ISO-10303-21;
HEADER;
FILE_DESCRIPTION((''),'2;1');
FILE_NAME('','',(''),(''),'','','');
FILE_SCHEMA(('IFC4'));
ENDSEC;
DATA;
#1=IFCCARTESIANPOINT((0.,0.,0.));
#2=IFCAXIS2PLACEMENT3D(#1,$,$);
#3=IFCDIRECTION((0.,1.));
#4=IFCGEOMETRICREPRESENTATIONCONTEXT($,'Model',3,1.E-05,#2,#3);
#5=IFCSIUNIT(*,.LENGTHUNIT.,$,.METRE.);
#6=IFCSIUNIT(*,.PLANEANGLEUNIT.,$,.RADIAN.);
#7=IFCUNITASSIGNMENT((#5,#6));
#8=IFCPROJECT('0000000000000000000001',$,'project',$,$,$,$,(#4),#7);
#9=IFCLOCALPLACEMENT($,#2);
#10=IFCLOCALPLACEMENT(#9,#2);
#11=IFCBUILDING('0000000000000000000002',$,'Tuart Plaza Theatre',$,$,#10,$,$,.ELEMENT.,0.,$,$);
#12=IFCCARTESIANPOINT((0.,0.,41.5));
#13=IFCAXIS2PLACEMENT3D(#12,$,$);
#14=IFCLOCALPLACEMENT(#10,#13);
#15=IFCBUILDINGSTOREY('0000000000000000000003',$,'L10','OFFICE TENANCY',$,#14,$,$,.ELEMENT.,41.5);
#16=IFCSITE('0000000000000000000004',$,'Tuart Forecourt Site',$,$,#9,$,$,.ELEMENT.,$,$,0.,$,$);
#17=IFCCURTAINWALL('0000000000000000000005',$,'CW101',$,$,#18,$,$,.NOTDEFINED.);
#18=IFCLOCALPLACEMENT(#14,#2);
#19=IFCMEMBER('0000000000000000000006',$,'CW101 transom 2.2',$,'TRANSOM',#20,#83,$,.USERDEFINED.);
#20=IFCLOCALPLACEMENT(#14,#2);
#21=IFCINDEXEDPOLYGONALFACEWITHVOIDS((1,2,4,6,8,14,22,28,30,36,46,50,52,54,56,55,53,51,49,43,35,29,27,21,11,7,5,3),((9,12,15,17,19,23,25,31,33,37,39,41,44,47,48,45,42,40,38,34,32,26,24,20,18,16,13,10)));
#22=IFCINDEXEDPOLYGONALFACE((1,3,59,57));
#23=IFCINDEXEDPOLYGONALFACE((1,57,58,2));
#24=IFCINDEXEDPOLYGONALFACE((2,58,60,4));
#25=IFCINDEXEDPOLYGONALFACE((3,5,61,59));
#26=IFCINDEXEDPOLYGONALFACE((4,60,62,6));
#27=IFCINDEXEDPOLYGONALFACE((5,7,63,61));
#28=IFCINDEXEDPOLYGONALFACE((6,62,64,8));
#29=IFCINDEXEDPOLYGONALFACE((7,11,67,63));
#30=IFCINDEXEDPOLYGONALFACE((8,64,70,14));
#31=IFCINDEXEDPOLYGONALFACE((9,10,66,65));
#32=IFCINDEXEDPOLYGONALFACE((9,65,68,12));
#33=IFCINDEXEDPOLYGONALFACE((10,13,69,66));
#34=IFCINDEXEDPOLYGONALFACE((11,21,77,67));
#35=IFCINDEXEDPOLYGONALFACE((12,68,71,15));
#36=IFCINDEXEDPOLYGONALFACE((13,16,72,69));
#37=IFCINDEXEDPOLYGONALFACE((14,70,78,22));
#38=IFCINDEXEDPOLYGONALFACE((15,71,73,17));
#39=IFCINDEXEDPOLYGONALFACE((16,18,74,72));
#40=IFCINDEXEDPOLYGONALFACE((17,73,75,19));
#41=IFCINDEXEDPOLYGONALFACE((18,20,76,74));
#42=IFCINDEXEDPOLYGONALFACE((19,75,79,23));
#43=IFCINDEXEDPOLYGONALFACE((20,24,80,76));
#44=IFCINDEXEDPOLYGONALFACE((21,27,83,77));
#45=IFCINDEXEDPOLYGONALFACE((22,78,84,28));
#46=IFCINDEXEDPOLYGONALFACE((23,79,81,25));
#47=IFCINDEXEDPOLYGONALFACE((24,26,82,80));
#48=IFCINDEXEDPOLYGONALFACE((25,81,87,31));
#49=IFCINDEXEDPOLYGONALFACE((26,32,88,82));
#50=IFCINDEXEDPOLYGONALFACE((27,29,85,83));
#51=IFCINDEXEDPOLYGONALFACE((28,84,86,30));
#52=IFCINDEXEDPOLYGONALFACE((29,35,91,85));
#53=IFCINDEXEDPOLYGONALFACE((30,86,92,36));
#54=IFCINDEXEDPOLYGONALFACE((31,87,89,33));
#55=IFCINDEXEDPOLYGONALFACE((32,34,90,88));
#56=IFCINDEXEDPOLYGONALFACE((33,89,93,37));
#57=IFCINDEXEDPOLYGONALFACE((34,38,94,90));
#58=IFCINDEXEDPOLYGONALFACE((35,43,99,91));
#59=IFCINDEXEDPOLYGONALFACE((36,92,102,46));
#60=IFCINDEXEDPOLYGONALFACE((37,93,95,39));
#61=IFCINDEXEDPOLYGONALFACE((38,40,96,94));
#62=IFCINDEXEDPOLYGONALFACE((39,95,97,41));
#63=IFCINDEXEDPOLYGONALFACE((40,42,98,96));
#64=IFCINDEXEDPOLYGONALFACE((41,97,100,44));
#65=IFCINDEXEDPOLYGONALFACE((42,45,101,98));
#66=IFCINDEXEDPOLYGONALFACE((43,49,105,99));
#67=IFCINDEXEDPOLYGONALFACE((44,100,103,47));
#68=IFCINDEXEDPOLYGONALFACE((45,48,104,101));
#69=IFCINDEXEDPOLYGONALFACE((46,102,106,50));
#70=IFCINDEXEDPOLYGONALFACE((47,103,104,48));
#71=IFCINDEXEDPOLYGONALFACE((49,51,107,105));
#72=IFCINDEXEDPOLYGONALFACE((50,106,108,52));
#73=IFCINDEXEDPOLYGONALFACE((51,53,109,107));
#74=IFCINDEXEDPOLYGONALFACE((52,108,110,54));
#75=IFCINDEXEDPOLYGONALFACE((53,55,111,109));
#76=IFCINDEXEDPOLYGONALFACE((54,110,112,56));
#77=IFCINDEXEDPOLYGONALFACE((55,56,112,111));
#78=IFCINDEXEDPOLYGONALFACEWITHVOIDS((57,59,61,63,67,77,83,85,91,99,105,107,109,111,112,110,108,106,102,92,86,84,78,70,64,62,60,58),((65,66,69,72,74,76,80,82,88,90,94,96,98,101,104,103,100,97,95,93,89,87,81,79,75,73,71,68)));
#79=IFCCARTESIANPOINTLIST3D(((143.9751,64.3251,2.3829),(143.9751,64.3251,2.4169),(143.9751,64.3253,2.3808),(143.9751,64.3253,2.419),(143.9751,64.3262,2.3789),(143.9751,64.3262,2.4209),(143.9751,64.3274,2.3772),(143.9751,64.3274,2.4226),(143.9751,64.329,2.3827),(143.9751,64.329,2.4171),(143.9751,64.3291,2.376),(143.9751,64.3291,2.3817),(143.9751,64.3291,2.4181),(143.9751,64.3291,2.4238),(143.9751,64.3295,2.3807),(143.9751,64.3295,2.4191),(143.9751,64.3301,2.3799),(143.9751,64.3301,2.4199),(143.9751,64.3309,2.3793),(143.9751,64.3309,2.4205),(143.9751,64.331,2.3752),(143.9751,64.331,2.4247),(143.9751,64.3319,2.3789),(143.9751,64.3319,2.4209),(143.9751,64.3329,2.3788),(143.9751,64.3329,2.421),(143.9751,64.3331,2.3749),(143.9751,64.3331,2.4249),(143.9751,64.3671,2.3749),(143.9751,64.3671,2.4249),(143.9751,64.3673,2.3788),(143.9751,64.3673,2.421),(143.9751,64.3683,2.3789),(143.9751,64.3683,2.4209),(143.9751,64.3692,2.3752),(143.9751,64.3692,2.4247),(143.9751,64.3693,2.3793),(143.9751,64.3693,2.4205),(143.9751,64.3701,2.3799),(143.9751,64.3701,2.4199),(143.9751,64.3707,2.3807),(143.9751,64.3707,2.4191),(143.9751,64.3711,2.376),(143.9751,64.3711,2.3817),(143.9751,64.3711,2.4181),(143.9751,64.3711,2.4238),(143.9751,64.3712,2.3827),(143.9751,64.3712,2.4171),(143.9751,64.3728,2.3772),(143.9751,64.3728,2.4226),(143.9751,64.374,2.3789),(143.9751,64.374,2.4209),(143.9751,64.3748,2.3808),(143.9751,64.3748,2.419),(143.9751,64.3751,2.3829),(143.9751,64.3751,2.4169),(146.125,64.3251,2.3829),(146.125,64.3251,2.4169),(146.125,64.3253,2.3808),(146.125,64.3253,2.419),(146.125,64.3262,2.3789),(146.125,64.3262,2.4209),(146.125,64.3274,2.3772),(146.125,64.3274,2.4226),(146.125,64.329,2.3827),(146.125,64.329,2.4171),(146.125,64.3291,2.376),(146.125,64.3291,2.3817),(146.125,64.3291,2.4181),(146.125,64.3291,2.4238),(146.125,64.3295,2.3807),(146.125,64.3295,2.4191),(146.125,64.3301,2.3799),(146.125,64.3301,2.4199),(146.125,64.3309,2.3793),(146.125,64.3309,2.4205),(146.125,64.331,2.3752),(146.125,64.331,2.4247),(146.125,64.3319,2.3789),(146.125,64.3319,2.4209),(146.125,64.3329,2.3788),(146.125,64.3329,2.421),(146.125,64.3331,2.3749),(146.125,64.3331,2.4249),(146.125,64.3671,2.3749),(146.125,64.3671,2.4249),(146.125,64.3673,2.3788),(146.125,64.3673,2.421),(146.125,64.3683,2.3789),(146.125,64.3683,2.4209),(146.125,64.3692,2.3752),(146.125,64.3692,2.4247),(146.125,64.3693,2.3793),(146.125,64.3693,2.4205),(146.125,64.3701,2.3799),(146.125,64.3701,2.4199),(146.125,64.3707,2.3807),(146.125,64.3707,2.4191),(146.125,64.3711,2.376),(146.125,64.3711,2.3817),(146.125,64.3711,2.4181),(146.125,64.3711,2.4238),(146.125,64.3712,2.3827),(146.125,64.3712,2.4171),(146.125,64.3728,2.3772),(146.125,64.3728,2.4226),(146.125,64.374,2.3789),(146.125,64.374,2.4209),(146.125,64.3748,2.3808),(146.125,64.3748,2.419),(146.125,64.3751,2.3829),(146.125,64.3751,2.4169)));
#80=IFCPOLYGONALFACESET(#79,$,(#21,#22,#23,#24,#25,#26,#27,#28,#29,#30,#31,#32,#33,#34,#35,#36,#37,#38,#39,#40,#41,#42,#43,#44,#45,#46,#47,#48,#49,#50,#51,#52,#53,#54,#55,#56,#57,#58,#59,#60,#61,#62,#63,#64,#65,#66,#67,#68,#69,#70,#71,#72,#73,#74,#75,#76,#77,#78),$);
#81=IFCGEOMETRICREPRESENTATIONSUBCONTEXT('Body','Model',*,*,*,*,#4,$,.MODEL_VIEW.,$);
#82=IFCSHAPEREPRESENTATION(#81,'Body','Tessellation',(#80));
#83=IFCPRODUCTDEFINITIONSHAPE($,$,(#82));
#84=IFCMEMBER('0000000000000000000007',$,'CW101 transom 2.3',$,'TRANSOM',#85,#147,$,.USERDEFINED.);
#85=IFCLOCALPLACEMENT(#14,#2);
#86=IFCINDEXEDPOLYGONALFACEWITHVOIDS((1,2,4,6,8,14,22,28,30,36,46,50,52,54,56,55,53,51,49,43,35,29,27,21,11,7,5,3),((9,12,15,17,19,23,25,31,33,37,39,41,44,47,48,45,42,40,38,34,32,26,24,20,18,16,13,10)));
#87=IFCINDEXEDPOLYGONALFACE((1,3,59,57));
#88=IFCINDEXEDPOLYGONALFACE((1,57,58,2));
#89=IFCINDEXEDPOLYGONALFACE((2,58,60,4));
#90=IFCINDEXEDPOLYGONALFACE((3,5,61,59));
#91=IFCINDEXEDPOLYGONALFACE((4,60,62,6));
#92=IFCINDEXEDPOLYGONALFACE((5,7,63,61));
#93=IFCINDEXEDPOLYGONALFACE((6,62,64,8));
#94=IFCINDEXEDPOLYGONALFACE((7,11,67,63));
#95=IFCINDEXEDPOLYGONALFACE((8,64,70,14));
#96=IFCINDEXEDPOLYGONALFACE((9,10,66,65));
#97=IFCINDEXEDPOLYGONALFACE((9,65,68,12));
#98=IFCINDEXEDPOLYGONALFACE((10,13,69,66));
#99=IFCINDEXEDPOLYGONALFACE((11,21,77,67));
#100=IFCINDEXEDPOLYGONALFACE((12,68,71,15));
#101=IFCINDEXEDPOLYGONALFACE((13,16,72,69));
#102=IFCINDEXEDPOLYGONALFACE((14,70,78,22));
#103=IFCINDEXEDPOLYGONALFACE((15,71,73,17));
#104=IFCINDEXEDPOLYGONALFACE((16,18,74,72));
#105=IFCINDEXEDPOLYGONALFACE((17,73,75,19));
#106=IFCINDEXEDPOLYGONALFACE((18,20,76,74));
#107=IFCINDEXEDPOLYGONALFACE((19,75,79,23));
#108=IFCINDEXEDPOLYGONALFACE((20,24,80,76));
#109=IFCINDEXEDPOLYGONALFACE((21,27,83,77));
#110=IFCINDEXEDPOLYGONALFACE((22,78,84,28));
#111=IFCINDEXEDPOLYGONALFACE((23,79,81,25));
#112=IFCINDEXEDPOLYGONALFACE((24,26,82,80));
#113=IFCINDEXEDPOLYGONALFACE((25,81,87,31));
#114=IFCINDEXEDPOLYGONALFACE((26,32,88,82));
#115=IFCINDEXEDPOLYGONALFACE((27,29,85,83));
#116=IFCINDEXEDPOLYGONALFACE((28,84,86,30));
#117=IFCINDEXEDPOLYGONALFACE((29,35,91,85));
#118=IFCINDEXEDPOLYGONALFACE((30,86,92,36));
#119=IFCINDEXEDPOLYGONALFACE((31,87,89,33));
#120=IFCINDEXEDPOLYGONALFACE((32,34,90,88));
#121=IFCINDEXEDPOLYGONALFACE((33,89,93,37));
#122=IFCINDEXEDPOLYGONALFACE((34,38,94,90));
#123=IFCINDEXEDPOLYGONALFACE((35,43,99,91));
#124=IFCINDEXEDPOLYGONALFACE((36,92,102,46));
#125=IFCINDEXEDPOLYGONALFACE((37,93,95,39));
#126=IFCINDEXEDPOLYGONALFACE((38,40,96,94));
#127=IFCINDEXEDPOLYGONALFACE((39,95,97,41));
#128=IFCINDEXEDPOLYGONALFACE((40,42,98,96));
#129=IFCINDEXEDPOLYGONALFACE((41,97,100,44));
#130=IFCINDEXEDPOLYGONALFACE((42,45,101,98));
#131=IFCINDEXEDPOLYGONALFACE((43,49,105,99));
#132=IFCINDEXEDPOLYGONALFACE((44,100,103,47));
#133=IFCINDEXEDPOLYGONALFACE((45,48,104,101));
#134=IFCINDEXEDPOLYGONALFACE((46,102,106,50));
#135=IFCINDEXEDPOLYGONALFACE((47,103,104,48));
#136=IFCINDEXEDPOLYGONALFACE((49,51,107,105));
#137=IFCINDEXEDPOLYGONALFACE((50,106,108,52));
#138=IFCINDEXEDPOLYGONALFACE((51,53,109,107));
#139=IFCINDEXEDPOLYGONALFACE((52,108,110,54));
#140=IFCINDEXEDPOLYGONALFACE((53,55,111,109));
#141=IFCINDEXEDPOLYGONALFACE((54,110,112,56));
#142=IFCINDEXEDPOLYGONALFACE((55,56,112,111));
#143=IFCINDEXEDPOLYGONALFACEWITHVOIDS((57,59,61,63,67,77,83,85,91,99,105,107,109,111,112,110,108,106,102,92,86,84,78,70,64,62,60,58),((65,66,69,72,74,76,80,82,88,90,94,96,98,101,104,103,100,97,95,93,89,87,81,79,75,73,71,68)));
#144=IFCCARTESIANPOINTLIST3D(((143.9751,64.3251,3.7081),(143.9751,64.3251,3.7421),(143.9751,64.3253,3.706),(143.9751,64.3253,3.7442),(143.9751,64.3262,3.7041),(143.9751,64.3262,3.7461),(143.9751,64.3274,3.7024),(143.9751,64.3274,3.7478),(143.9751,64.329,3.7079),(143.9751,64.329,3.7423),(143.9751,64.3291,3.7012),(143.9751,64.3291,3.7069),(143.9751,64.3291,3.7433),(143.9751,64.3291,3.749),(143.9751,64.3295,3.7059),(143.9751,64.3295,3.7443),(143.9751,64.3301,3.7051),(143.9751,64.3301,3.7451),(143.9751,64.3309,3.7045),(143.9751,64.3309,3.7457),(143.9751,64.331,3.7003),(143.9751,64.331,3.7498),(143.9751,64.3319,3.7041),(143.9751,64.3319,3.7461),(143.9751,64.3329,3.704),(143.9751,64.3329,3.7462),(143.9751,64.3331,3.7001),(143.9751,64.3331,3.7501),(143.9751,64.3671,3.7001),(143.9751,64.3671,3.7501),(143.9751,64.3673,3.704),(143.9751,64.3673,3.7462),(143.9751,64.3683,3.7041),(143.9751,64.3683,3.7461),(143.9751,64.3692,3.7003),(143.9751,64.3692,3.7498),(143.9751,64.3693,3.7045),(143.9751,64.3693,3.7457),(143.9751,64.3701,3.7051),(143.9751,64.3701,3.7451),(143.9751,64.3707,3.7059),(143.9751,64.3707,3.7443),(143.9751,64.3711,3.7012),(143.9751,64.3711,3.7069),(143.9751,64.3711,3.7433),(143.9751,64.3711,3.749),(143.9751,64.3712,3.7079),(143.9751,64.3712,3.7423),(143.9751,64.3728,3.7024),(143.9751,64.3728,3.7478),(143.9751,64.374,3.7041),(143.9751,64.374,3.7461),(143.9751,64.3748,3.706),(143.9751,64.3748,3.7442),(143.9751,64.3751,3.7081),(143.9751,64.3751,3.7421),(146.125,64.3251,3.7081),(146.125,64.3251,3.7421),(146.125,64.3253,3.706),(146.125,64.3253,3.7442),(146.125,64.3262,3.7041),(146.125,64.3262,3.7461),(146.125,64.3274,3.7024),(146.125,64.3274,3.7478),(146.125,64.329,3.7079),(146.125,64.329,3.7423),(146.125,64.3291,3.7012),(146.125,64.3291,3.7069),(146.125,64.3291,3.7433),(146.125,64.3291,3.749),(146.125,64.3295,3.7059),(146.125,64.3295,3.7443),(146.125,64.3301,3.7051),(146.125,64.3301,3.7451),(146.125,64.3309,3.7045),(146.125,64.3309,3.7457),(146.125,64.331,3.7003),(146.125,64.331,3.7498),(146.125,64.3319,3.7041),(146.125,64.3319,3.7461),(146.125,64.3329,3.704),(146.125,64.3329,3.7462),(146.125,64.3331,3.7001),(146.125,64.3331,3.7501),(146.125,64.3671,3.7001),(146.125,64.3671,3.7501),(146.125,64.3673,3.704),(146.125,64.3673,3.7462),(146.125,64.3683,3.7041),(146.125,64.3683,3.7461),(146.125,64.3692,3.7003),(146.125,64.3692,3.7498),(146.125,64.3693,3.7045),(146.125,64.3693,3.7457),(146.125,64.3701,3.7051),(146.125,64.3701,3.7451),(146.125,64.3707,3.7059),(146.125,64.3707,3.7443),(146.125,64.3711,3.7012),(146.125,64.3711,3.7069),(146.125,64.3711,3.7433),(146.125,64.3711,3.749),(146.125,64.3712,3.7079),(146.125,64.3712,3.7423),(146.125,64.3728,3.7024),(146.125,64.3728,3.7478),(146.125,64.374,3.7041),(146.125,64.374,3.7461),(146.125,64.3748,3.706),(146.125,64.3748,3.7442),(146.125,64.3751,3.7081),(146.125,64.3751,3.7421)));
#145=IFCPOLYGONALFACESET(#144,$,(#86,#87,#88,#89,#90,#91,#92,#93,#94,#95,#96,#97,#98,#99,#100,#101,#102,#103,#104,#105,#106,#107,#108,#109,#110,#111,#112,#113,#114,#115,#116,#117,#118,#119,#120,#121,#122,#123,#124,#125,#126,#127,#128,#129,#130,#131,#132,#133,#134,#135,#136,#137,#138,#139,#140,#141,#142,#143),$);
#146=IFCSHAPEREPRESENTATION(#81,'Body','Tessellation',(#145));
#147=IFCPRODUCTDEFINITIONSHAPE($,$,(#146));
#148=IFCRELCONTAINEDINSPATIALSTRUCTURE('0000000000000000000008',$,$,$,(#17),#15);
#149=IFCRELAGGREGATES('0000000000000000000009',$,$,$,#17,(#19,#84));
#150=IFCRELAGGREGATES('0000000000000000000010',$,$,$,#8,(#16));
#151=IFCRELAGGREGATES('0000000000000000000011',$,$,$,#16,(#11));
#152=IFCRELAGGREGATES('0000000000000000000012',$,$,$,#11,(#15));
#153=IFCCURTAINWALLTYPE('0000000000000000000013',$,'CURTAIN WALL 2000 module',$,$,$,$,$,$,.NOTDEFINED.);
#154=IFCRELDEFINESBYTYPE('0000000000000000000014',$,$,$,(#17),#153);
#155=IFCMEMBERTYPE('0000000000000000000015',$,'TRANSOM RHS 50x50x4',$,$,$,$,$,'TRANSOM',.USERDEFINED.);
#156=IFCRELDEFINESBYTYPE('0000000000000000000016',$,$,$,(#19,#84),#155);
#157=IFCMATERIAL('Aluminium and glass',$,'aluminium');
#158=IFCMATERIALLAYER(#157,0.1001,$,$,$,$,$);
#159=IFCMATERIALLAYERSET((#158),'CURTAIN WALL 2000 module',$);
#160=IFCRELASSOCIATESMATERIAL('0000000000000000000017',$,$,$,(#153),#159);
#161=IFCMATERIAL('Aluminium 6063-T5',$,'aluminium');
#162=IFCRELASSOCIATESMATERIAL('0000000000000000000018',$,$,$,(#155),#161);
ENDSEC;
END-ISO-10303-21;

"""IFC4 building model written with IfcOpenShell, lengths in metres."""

from ifc_helpers import new_model, si_unit, direction, frame, origin, origin_2d, place, context, subcontext, project, spatial, hollow_rectangle, extrude, material, layer, layer_set, material_profile, profile_set, type_object, element, aggregate, save


model = new_model("IFC4")

# Units and contexts
model_context = context("Model", 3, precision=1e-05, world=origin(), true_north=direction((0.0, 1.0)))
body_context = subcontext(model_context, "Body", "Model", "MODEL_VIEW")
ifc_project = project(units=[si_unit("LENGTHUNIT", "METRE"), si_unit("PLANEANGLEUNIT", "RADIAN")], contexts=[model_context])

# Site, building, storey
site_placement = place(None, origin())
site = spatial("IfcSite", under=ifc_project, at=site_placement, Name="Tuart Forecourt Site", CompositionType="ELEMENT", RefElevation=0.0)
building_placement = place(site_placement, origin())
building = spatial("IfcBuilding", under=site, at=building_placement, Name="Tuart Plaza Theatre", CompositionType="ELEMENT", ElevationOfRefHeight=0.0)
storey_placement = place(building_placement, frame((0.0, 0.0, 41.5)))
storey = spatial("IfcBuildingStorey", under=building, at=storey_placement, Name="L10", Description="OFFICE TENANCY", CompositionType="ELEMENT", Elevation=41.5)

# Shared definitions
ifc_material_1 = material(Name="Aluminium and glass", Category="aluminium")
ifc_layer_1 = layer(ifc_material_1, 0.1001)
ifc_layer_set_1 = layer_set([ifc_layer_1], Name="CURTAIN WALL 2000 module")
curtain_wall_type = type_object("IfcCurtainWallType", Name="CURTAIN WALL 2000 module", PredefinedType="NOTDEFINED", material=ifc_layer_set_1)

# Curtain wall, members
curtain_wall_1_placement = place(storey_placement, origin())
curtain_wall_1 = element("IfcCurtainWall", 1, at=curtain_wall_1_placement, inside=storey, type_object=curtain_wall_type, Name="CW101", PredefinedType="NOTDEFINED")
ifc_material_2 = material(Name="Aluminium 6063-T5", Category="aluminium")
ifc_material_profile_1 = material_profile(ifc_material_2, hollow_rectangle(XDim=0.05, YDim=0.05, WallThickness=0.0039, InnerFilletRadius=0.0039, OuterFilletRadius=0.0081, at=origin_2d()), Name="RHS 50x50x4")
ifc_profile_set_1 = profile_set([ifc_material_profile_1], Name="Aluminium 6063-T5")
member_type_1 = type_object("IfcMemberType", Name="TRANSOM RHS 50x50x4", ElementType="TRANSOM", PredefinedType="USERDEFINED", material=ifc_profile_set_1)
member_1_placement = place(storey_placement, frame((143.9751, 64.3501, 2.3999), z_axis=(1.0, 0.0, 0.0), x_axis=(0.0, 1.0, 0.0)))
member_1 = element("IfcMember", 2, at=member_1_placement, type_object=member_type_1, Name="CW101 transom 2.2", ObjectType="TRANSOM", PredefinedType="USERDEFINED", context=body_context, shape_type="SweptSolid", body=[
    extrude(hollow_rectangle(XDim=0.05, YDim=0.05, WallThickness=0.0039, InnerFilletRadius=0.0039, OuterFilletRadius=0.0081, at=origin_2d()), origin(), (0.0, 0.0, 1.0), 2.1499),
])
member_2_placement = place(storey_placement, frame((143.9751, 64.3501, 3.7251), z_axis=(1.0, 0.0, 0.0), x_axis=(0.0, 1.0, 0.0)))
member_2 = element("IfcMember", 3, at=member_2_placement, type_object=member_type_1, Name="CW101 transom 2.3", ObjectType="TRANSOM", PredefinedType="USERDEFINED", context=body_context, shape_type="SweptSolid", body=[
    extrude(hollow_rectangle(XDim=0.05, YDim=0.05, WallThickness=0.0039, InnerFilletRadius=0.0039, OuterFilletRadius=0.0081, at=origin_2d()), origin(), (0.0, 0.0, 1.0), 2.1499),
])

aggregate(curtain_wall_1, [member_1, member_2])

save(model, "model.ifc")
